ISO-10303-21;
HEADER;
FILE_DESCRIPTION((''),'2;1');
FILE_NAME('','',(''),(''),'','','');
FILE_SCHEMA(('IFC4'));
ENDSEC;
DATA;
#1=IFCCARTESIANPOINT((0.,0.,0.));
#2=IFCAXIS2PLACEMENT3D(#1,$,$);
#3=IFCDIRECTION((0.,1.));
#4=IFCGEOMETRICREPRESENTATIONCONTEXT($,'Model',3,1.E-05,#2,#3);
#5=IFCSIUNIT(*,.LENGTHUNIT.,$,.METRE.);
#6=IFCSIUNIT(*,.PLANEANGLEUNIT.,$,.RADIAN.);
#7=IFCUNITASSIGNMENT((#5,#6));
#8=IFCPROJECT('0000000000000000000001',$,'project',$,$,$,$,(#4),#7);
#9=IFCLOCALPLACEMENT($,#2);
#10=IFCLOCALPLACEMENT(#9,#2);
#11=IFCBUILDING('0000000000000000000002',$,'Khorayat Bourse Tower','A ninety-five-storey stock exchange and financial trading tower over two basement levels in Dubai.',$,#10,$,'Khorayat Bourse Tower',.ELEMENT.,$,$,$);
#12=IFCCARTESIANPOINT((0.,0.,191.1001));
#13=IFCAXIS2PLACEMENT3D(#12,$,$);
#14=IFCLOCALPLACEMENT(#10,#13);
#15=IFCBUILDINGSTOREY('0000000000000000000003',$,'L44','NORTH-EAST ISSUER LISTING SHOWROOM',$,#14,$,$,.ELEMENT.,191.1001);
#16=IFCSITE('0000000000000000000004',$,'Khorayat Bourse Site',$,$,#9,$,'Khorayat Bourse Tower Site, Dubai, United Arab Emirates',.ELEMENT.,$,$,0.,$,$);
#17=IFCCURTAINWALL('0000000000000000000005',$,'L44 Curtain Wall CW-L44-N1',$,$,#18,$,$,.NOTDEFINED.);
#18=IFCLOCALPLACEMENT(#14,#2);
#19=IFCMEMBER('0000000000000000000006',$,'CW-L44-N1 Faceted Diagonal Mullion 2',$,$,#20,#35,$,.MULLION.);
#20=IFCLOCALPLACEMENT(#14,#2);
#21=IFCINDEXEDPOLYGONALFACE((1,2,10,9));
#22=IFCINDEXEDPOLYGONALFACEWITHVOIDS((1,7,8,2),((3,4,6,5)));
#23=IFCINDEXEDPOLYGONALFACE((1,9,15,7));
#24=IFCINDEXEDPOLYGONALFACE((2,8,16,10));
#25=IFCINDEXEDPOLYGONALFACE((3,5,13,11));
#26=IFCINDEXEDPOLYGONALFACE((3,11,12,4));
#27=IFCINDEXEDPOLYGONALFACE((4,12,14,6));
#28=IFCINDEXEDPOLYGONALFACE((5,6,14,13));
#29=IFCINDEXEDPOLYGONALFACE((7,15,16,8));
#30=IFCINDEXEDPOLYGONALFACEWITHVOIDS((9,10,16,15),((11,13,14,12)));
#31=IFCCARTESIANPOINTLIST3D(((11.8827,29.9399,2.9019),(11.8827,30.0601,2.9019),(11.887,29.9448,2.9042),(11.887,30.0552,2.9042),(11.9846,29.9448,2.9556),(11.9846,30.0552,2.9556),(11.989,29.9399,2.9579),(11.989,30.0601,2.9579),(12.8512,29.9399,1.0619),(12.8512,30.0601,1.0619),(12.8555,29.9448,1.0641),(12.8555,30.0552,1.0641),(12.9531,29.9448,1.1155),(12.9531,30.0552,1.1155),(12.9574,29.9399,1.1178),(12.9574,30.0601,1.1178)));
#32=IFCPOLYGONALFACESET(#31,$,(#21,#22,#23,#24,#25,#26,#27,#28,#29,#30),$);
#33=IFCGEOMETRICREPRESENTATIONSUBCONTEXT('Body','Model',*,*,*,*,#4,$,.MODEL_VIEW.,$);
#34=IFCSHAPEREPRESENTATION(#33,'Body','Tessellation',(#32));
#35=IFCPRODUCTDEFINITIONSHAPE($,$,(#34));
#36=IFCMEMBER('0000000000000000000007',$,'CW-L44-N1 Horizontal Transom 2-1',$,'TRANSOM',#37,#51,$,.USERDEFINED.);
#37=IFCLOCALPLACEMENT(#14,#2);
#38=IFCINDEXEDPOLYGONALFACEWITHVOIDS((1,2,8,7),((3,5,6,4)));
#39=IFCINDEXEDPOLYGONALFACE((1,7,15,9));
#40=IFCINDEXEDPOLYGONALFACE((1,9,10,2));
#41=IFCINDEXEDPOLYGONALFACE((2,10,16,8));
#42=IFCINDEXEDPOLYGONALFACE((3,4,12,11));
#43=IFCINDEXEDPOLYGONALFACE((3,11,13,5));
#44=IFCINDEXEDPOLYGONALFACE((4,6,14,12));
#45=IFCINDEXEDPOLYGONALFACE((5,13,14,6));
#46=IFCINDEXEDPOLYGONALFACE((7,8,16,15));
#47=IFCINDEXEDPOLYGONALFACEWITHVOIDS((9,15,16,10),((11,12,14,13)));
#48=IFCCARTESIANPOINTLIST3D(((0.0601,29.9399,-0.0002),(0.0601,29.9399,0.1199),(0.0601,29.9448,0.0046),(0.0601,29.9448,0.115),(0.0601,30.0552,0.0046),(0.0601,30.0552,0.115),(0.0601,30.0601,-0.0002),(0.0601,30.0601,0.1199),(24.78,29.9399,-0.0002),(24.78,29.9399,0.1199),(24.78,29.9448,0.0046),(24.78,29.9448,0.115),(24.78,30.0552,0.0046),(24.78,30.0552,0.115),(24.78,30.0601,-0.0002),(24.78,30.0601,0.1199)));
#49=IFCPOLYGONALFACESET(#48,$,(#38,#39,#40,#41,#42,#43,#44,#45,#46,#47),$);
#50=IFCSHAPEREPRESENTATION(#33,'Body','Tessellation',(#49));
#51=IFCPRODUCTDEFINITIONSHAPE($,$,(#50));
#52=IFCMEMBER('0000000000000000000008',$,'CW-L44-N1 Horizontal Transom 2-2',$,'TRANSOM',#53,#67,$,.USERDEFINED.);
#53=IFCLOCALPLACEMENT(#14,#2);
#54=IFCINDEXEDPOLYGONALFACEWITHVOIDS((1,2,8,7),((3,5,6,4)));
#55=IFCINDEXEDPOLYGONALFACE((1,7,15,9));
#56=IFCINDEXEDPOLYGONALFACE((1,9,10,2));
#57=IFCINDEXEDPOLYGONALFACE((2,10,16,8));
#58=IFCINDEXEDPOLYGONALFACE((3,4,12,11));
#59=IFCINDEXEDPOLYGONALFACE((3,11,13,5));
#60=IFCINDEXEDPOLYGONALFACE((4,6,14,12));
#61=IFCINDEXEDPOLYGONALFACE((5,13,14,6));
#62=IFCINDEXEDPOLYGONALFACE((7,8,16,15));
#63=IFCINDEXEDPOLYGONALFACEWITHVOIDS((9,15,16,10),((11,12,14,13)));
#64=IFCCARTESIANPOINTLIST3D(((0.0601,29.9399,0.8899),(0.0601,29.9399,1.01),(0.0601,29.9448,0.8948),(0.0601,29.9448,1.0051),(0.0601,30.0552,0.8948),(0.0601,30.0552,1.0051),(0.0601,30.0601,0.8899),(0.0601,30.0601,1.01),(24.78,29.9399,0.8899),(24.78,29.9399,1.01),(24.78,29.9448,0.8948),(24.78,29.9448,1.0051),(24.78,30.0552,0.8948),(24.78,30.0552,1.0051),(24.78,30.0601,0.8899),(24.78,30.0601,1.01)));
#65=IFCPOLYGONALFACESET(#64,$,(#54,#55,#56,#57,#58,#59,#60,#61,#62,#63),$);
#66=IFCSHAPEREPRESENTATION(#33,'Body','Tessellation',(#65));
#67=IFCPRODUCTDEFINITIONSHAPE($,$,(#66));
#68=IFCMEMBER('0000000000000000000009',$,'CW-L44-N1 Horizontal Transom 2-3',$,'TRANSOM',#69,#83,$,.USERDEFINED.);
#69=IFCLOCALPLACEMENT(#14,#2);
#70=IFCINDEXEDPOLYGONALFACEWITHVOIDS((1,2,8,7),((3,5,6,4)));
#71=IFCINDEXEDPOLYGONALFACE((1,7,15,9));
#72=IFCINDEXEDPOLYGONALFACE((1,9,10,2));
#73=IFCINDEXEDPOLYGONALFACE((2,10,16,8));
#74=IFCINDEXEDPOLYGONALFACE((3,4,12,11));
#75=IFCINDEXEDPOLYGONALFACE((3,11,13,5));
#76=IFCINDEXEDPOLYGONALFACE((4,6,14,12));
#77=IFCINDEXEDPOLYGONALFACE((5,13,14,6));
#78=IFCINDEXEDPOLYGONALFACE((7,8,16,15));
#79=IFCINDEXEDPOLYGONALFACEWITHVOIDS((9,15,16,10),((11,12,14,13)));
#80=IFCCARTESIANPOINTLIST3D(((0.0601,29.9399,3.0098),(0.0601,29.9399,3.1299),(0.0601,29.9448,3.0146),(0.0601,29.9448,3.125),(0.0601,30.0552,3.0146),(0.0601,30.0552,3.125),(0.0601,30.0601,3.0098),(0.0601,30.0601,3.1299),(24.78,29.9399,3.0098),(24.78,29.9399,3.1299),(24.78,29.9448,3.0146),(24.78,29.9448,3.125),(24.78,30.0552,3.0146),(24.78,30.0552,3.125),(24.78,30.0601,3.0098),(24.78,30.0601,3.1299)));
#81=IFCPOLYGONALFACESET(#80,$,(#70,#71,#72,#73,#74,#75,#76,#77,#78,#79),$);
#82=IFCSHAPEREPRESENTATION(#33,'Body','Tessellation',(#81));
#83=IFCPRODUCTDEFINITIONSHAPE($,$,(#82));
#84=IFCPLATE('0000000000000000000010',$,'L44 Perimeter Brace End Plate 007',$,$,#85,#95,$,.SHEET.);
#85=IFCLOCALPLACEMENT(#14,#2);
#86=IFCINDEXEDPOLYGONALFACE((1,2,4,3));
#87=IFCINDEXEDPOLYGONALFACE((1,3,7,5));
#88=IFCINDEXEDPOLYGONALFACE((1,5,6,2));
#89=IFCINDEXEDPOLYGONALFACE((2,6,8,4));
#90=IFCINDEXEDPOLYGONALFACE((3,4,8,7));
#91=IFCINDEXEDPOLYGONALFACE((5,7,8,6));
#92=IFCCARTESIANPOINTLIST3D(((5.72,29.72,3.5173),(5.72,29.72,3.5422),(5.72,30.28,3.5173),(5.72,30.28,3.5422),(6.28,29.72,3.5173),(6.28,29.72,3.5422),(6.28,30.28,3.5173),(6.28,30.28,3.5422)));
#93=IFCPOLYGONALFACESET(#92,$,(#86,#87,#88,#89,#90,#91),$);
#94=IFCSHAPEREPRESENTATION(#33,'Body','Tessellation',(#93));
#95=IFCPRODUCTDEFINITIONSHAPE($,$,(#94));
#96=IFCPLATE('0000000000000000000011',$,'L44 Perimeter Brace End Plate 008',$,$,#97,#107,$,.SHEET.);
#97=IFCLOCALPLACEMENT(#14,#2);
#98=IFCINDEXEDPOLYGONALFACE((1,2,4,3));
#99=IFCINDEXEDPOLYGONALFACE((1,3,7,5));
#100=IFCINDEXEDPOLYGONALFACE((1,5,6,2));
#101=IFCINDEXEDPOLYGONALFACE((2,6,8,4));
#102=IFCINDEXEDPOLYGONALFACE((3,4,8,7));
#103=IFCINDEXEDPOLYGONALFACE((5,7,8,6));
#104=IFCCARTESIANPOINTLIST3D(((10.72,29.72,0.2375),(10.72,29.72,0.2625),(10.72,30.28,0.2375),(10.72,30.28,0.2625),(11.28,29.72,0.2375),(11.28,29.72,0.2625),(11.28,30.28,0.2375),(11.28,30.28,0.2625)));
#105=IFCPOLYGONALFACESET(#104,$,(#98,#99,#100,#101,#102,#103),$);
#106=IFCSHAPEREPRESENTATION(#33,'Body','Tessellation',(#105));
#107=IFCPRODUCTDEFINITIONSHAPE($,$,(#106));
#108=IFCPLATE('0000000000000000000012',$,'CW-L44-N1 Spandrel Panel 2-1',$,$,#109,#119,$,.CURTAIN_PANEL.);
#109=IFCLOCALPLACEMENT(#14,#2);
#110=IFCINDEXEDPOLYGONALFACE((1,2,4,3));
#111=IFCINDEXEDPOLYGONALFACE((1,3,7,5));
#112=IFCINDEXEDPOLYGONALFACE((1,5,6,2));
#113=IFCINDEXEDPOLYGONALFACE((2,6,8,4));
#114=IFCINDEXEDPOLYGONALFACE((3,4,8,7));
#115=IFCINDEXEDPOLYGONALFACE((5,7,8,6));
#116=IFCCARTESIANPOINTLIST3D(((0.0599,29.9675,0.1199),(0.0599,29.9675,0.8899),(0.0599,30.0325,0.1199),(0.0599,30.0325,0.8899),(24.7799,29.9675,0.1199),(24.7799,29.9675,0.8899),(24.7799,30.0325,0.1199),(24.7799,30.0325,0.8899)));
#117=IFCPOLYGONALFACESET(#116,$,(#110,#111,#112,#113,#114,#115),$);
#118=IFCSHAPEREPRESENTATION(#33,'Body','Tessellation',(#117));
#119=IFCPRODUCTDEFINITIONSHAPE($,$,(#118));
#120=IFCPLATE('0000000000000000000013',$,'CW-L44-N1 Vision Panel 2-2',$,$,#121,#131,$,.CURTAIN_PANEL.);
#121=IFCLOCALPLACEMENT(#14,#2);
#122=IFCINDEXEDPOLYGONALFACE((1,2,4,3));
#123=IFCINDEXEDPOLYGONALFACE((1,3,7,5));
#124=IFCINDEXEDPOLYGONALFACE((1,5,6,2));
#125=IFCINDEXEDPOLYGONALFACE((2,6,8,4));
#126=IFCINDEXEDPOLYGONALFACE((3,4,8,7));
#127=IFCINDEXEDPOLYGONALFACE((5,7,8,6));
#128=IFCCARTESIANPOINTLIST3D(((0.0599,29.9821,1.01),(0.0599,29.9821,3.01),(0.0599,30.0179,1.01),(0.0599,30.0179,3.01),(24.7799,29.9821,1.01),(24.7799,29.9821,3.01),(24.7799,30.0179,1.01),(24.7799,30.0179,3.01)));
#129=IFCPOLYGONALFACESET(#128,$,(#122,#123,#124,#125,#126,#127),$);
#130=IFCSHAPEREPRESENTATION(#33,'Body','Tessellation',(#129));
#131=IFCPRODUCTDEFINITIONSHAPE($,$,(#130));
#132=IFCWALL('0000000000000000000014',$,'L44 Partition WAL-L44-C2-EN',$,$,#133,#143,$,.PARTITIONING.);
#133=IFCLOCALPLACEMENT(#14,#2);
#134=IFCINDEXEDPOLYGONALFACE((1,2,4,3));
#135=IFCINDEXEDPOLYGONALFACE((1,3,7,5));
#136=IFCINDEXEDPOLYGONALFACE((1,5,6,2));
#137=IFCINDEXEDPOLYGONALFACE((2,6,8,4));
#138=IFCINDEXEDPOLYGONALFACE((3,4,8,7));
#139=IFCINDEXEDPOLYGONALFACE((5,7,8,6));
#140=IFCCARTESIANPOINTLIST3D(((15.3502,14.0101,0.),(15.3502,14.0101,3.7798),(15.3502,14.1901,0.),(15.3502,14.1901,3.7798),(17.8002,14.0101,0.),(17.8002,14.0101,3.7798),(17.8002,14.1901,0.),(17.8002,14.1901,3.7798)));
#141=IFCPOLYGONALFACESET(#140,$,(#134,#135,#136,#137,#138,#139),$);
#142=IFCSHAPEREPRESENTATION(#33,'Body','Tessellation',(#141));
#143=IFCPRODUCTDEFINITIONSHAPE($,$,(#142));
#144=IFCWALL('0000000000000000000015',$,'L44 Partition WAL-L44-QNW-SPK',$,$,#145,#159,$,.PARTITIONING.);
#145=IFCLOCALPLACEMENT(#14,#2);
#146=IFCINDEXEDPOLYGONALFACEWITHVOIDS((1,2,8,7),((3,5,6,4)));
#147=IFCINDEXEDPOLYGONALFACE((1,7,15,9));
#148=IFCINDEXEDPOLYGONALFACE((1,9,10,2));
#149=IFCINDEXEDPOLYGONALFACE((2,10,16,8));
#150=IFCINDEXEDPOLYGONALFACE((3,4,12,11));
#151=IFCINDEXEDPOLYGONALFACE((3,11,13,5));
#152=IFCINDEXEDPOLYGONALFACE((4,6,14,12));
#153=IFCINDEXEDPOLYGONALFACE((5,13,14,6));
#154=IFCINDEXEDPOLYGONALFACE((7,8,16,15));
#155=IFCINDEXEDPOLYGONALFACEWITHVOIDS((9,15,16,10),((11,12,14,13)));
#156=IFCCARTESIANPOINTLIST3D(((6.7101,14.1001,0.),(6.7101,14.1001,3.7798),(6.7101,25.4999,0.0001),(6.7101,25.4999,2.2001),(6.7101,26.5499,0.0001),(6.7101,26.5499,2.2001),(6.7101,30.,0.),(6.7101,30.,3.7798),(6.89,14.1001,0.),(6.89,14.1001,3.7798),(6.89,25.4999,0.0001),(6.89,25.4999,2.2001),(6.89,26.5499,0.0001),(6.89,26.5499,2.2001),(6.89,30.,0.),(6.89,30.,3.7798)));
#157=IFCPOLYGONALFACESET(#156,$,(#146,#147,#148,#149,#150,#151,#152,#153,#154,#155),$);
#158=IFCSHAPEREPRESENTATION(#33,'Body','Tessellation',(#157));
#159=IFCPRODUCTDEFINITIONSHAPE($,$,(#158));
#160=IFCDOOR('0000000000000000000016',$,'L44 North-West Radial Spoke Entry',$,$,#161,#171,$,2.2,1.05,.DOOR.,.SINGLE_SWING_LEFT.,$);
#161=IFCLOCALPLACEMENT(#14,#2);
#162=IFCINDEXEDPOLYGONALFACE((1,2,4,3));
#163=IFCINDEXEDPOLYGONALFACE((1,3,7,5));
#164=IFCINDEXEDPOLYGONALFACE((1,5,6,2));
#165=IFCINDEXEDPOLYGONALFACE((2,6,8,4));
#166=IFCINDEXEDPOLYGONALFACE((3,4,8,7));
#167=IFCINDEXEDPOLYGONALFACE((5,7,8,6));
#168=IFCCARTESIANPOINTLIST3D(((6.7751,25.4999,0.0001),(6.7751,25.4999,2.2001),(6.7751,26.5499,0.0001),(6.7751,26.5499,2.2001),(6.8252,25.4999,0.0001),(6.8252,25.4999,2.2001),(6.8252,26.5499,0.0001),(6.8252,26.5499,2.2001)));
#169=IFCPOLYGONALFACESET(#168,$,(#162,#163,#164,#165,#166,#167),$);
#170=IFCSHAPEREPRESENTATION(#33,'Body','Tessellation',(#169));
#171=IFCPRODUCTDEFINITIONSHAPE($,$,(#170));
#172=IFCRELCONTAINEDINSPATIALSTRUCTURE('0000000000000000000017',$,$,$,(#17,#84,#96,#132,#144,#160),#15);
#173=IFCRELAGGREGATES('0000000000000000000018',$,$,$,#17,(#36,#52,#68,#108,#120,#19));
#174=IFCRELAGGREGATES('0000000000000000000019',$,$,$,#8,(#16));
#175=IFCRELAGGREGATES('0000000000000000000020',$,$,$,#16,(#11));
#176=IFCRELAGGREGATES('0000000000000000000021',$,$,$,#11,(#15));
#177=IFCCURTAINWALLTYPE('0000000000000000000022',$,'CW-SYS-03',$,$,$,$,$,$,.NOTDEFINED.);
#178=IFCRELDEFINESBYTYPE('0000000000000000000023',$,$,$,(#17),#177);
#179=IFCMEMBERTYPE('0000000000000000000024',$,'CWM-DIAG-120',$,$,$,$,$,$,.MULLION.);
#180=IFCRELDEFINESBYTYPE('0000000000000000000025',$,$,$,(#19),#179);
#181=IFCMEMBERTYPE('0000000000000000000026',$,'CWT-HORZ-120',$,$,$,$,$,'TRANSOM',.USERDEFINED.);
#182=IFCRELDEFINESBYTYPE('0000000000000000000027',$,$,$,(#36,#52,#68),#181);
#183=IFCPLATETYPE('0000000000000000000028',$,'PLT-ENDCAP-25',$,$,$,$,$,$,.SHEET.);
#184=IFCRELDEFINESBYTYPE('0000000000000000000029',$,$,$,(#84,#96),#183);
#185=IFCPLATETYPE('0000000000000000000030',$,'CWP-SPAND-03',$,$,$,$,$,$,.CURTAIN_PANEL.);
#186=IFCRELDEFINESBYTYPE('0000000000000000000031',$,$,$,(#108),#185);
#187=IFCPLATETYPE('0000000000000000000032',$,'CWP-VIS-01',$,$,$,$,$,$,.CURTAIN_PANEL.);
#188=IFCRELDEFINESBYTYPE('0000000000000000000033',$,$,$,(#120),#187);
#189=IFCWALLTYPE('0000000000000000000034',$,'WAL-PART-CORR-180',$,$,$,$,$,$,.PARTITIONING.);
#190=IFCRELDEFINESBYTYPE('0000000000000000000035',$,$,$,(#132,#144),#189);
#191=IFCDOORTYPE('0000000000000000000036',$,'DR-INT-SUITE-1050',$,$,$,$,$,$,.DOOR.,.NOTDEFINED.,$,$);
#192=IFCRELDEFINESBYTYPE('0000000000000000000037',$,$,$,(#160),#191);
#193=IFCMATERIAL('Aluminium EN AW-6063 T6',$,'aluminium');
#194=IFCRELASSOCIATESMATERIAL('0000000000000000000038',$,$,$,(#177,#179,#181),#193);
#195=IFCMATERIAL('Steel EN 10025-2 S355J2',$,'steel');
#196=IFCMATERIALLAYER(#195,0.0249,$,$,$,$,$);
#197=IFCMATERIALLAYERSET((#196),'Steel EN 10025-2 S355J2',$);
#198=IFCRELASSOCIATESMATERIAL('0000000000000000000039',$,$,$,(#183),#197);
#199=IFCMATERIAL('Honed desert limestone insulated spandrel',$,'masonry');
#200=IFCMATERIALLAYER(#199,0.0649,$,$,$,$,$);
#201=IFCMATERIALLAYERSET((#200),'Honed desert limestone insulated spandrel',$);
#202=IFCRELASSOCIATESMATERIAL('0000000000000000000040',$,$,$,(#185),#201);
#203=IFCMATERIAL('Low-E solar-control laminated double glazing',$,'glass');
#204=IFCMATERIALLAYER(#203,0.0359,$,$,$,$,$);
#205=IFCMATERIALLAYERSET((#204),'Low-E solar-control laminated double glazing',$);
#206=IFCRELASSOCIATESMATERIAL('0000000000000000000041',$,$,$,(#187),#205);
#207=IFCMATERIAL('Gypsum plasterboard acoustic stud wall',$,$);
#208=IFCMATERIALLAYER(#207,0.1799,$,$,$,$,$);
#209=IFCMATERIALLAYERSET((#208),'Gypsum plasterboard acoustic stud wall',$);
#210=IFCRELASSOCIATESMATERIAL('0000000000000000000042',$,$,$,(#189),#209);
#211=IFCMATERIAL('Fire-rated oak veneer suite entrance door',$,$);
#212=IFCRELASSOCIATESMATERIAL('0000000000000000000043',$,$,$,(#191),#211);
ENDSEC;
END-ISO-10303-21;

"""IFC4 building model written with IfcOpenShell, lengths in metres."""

from ifc_helpers import new_model, si_unit, direction, frame, frame_2d, origin, origin_2d, place, context, subcontext, project, spatial, rectangle, hollow_rectangle, extrude, source, transform, mapped, material, layer, layer_set, material_profile, profile_set, type_object, element, fill, aggregate, save


model = new_model("IFC4")

# Units and contexts
model_context = context("Model", 3, precision=1e-05, world=origin(), true_north=direction((0.0, 1.0)))
body_context = subcontext(model_context, "Body", "Model", "MODEL_VIEW")
ifc_project = project(units=[si_unit("LENGTHUNIT", "METRE"), si_unit("PLANEANGLEUNIT", "RADIAN")], contexts=[model_context])

# Site, building, storey
site_placement = place(None, origin())
site = spatial("IfcSite", under=ifc_project, at=site_placement, Name="Khorayat Bourse Site", LongName="Khorayat Bourse Tower Site, Dubai, United Arab Emirates", CompositionType="ELEMENT", RefElevation=0.0)
building_placement = place(site_placement, origin())
building = spatial("IfcBuilding", under=site, at=building_placement, Name="Khorayat Bourse Tower", Description="A ninety-five-storey stock exchange and financial trading tower over two basement levels in Dubai.", LongName="Khorayat Bourse Tower", CompositionType="ELEMENT")
storey_placement = place(building_placement, frame((0.0, 0.0, 191.1001)))
storey = spatial("IfcBuildingStorey", under=building, at=storey_placement, Name="L44", Description="NORTH-EAST ISSUER LISTING SHOWROOM", CompositionType="ELEMENT", Elevation=191.1001)

# Curtain wall, members
ifc_material_1 = material(Name="Aluminium EN AW-6063 T6", Category="aluminium")
curtain_wall_type = type_object("IfcCurtainWallType", Name="CW-SYS-03", PredefinedType="NOTDEFINED", material=ifc_material_1)
curtain_wall_placement = place(storey_placement, origin())
curtain_wall = element("IfcCurtainWall", 1, at=curtain_wall_placement, inside=storey, type_object=curtain_wall_type, Name="L44 Curtain Wall CW-L44-N1", PredefinedType="NOTDEFINED")
ifc_material_profile_1 = material_profile(ifc_material_1, hollow_rectangle(XDim=0.1201, YDim=0.1201, WallThickness=0.0049, at=origin_2d()), Name="ALU 120x120x5")
ifc_profile_set_1 = profile_set([ifc_material_profile_1], Name="Aluminium EN AW-6063 T6")
member_type_1 = type_object("IfcMemberType", Name="CWM-DIAG-120", PredefinedType="MULLION", material=ifc_profile_set_1)
shared_shape_1 = source(origin(), body_context, "Body", "SweptSolid", [
    extrude(hollow_rectangle(XDim=0.1201, YDim=0.1201, WallThickness=0.0049, at=origin_2d()), origin(), (0.0, 0.0, 1.0), 2.0793),
])
member_1_placement = place(storey_placement, frame((12.9043, 30.0, 1.0898), z_axis=(-0.465761, 0.0, 0.884911), x_axis=(0.0, -1.0, 0.0)))
member_1 = element("IfcMember", 2, at=member_1_placement, type_object=member_type_1, Name="CW-L44-N1 Faceted Diagonal Mullion 2", PredefinedType="MULLION", context=body_context, shape_type="MappedRepresentation", body=[
    mapped(shared_shape_1, transform((0.0, 0.0, 0.0), scale=1.0)),
])
ifc_material_profile_2 = material_profile(ifc_material_1, hollow_rectangle(XDim=0.1201, YDim=0.1201, WallThickness=0.0049, at=origin_2d()), Name="ALU 120x120x5")
ifc_profile_set_2 = profile_set([ifc_material_profile_2], Name="Aluminium EN AW-6063 T6")
member_type_2 = type_object("IfcMemberType", Name="CWT-HORZ-120", ElementType="TRANSOM", PredefinedType="USERDEFINED", material=ifc_profile_set_2)
shared_shape_2 = source(origin(), body_context, "Body", "SweptSolid", [
    extrude(hollow_rectangle(XDim=0.1201, YDim=0.1201, WallThickness=0.0049, at=origin_2d()), origin(), (0.0, 0.0, 1.0), 24.72),
])
member_2_placement = place(storey_placement, frame((0.0601, 30.0, 0.0598), z_axis=(1.0, 0.0, 0.0), x_axis=(0.0, 1.0, 0.0)))
member_2 = element("IfcMember", 3, at=member_2_placement, type_object=member_type_2, Name="CW-L44-N1 Horizontal Transom 2-1", ObjectType="TRANSOM", PredefinedType="USERDEFINED", context=body_context, shape_type="MappedRepresentation", body=[
    mapped(shared_shape_2, transform((0.0, 0.0, 0.0), scale=1.0)),
])
member_3_placement = place(storey_placement, frame((0.0601, 30.0, 0.95), z_axis=(1.0, 0.0, 0.0), x_axis=(0.0, 1.0, 0.0)))
member_3 = element("IfcMember", 4, at=member_3_placement, type_object=member_type_2, Name="CW-L44-N1 Horizontal Transom 2-2", ObjectType="TRANSOM", PredefinedType="USERDEFINED", context=body_context, shape_type="MappedRepresentation", body=[
    mapped(shared_shape_2, transform((0.0, 0.0, 0.0), scale=1.0)),
])
member_4_placement = place(storey_placement, frame((0.0601, 30.0, 3.0698), z_axis=(1.0, 0.0, 0.0), x_axis=(0.0, 1.0, 0.0)))
member_4 = element("IfcMember", 5, at=member_4_placement, type_object=member_type_2, Name="CW-L44-N1 Horizontal Transom 2-3", ObjectType="TRANSOM", PredefinedType="USERDEFINED", context=body_context, shape_type="MappedRepresentation", body=[
    mapped(shared_shape_2, transform((0.0, 0.0, 0.0), scale=1.0)),
])

# Plates
ifc_material_2 = material(Name="Steel EN 10025-2 S355J2", Category="steel")
ifc_layer_1 = layer(ifc_material_2, 0.0249)
ifc_layer_set_1 = layer_set([ifc_layer_1], Name="Steel EN 10025-2 S355J2")
plate_type_1 = type_object("IfcPlateType", Name="PLT-ENDCAP-25", PredefinedType="SHEET", material=ifc_layer_set_1)
shared_shape_3 = source(origin(), body_context, "Body", "SweptSolid", [
    extrude(rectangle(XDim=0.5601, YDim=0.5601, at=origin_2d()), origin(), (0.0, 0.0, 1.0), 0.0249),
])
for number, where, z_axis, x_axis, name in (
    (6, (6.0, 30.0, 3.5173), (0.0, 0.0, 1.0), (1.0, 0.0, 0.0), "L44 Perimeter Brace End Plate 007"),
    (7, (11.0, 30.0, 0.2375), (0.0, 0.0, 1.0), (1.0, 0.0, 0.0), "L44 Perimeter Brace End Plate 008"),
):
    element("IfcPlate", number, at=place(storey_placement, frame(where, z_axis=z_axis, x_axis=x_axis)), inside=storey, type_object=plate_type_1, Name=name, PredefinedType="SHEET", context=body_context, shape_type="MappedRepresentation", body=[
        mapped(shared_shape_3, transform((0.0, 0.0, 0.0), scale=1.0)),
    ])

# Plates
ifc_material_3 = material(Name="Honed desert limestone insulated spandrel", Category="masonry")
ifc_layer_2 = layer(ifc_material_3, 0.0649)
ifc_layer_set_2 = layer_set([ifc_layer_2], Name="Honed desert limestone insulated spandrel")
plate_type_2 = type_object("IfcPlateType", Name="CWP-SPAND-03", PredefinedType="CURTAIN_PANEL", material=ifc_layer_set_2)
shared_shape_4 = source(origin(), body_context, "Body", "SweptSolid", [
    extrude(rectangle(XDim=24.72, YDim=0.0649, at=origin_2d()), origin(), (0.0, 0.0, 1.0), 0.77),
])
plate_1_placement = place(storey_placement, frame((12.4199, 30.0, 0.1199), z_axis=(0.0, 0.0, 1.0), x_axis=(1.0, 0.0, 0.0)))
plate_1 = element("IfcPlate", 8, at=plate_1_placement, type_object=plate_type_2, Name="CW-L44-N1 Spandrel Panel 2-1", PredefinedType="CURTAIN_PANEL", context=body_context, shape_type="MappedRepresentation", body=[
    mapped(shared_shape_4, transform((0.0, 0.0, 0.0), scale=1.0)),
])
ifc_material_4 = material(Name="Low-E solar-control laminated double glazing", Category="glass")
ifc_layer_3 = layer(ifc_material_4, 0.0359)
ifc_layer_set_3 = layer_set([ifc_layer_3], Name="Low-E solar-control laminated double glazing")
plate_type_3 = type_object("IfcPlateType", Name="CWP-VIS-01", PredefinedType="CURTAIN_PANEL", material=ifc_layer_set_3)
shared_shape_5 = source(origin(), body_context, "Body", "SweptSolid", [
    extrude(rectangle(XDim=24.72, YDim=0.0359, at=origin_2d()), origin(), (0.0, 0.0, 1.0), 2.0),
])
plate_2_placement = place(storey_placement, frame((12.4199, 30.0, 1.01), z_axis=(0.0, 0.0, 1.0), x_axis=(1.0, 0.0, 0.0)))
plate_2 = element("IfcPlate", 9, at=plate_2_placement, type_object=plate_type_3, Name="CW-L44-N1 Vision Panel 2-2", PredefinedType="CURTAIN_PANEL", context=body_context, shape_type="MappedRepresentation", body=[
    mapped(shared_shape_5, transform((0.0, 0.0, 0.0), scale=1.0)),
])
aggregate(curtain_wall, [member_2, member_3, member_4, plate_1, plate_2, member_1])

# Wall
ifc_material_5 = material(Name="Gypsum plasterboard acoustic stud wall")
ifc_layer_4 = layer(ifc_material_5, 0.1799)
ifc_layer_set_4 = layer_set([ifc_layer_4], Name="Gypsum plasterboard acoustic stud wall")
wall_type = type_object("IfcWallType", Name="WAL-PART-CORR-180", PredefinedType="PARTITIONING", material=ifc_layer_set_4)
shared_shape_6 = source(origin(), body_context, "Body", "SweptSolid", [
    extrude(rectangle(XDim=2.45, YDim=0.1799, at=frame_2d((1.2251, 0.0))), origin(), (0.0, 0.0, 1.0), 3.7798),
])
wall_1_placement = place(storey_placement, frame((15.3501, 14.1001, 0.0), z_axis=(0.0, 0.0, 1.0), x_axis=(1.0, 0.0, 0.0)))
element("IfcWall", 10, at=wall_1_placement, inside=storey, type_object=wall_type, Name="L44 Partition WAL-L44-C2-EN", PredefinedType="PARTITIONING", context=body_context, shape_type="MappedRepresentation", body=[
    mapped(shared_shape_6, transform((0.0, 0.0, 0.0), scale=1.0)),
])

# Wall, opening, door
shared_shape_7 = source(origin(), body_context, "Body", "SweptSolid", [
    extrude(rectangle(XDim=15.8999, YDim=0.1799, at=frame_2d((7.95, 0.0))), origin(), (0.0, 0.0, 1.0), 3.7798),
])
wall_2_placement = place(storey_placement, frame((6.8, 14.1001, 0.0), z_axis=(0.0, 0.0, 1.0), x_axis=(0.0, 1.0, 0.0)))
wall_2 = element("IfcWall", 11, at=wall_2_placement, inside=storey, type_object=wall_type, Name="L44 Partition WAL-L44-QNW-SPK", PredefinedType="PARTITIONING", context=body_context, shape_type="MappedRepresentation", body=[
    mapped(shared_shape_7, transform((0.0, 0.0, 0.0), scale=1.0)),
])
shared_shape_8 = source(origin(), body_context, "Body", "SweptSolid", [
    extrude(rectangle(XDim=1.05, YDim=2.2, at=frame_2d((0.5249, 1.1001))), frame((0.0, 0.0999, 0.0), z_axis=(0.0, -1.0, 0.0), x_axis=(1.0, 0.0, 0.0)), (0.0, 0.0, 1.0), 0.2),
])
opening_1_placement = place(wall_2_placement, frame((11.3999, 0.0, 0.0)))
opening_1 = element("IfcOpeningElement", 12, at=opening_1_placement, cuts=wall_2, PredefinedType="OPENING", context=body_context, shape_type="MappedRepresentation", body=[
    mapped(shared_shape_8, transform((0.0, 0.0, 0.0), scale=1.0)),
])
ifc_material_6 = material(Name="Fire-rated oak veneer suite entrance door")
door_type = type_object("IfcDoorType", Name="DR-INT-SUITE-1050", OperationType="NOTDEFINED", PredefinedType="DOOR", material=ifc_material_6)
shared_shape_9 = source(origin(), body_context, "Body", "SweptSolid", [
    extrude(rectangle(XDim=1.05, YDim=2.2, at=frame_2d((0.5249, 1.1001))), frame((0.0, 0.0249, 0.0), z_axis=(0.0, -1.0, 0.0), x_axis=(1.0, 0.0, 0.0)), (0.0, 0.0, 1.0), 0.05),
])
door_1_placement = place(opening_1_placement, origin())
door_1 = element("IfcDoor", 13, at=door_1_placement, inside=storey, type_object=door_type, Name="L44 North-West Radial Spoke Entry", OperationType="SINGLE_SWING_LEFT", OverallHeight=2.2, OverallWidth=1.05, PredefinedType="DOOR", context=body_context, shape_type="MappedRepresentation", body=[
    mapped(shared_shape_9, transform((0.0, 0.0, 0.0), scale=1.0)),
])
fill(opening_1, door_1)

save(model, "model.ifc")
